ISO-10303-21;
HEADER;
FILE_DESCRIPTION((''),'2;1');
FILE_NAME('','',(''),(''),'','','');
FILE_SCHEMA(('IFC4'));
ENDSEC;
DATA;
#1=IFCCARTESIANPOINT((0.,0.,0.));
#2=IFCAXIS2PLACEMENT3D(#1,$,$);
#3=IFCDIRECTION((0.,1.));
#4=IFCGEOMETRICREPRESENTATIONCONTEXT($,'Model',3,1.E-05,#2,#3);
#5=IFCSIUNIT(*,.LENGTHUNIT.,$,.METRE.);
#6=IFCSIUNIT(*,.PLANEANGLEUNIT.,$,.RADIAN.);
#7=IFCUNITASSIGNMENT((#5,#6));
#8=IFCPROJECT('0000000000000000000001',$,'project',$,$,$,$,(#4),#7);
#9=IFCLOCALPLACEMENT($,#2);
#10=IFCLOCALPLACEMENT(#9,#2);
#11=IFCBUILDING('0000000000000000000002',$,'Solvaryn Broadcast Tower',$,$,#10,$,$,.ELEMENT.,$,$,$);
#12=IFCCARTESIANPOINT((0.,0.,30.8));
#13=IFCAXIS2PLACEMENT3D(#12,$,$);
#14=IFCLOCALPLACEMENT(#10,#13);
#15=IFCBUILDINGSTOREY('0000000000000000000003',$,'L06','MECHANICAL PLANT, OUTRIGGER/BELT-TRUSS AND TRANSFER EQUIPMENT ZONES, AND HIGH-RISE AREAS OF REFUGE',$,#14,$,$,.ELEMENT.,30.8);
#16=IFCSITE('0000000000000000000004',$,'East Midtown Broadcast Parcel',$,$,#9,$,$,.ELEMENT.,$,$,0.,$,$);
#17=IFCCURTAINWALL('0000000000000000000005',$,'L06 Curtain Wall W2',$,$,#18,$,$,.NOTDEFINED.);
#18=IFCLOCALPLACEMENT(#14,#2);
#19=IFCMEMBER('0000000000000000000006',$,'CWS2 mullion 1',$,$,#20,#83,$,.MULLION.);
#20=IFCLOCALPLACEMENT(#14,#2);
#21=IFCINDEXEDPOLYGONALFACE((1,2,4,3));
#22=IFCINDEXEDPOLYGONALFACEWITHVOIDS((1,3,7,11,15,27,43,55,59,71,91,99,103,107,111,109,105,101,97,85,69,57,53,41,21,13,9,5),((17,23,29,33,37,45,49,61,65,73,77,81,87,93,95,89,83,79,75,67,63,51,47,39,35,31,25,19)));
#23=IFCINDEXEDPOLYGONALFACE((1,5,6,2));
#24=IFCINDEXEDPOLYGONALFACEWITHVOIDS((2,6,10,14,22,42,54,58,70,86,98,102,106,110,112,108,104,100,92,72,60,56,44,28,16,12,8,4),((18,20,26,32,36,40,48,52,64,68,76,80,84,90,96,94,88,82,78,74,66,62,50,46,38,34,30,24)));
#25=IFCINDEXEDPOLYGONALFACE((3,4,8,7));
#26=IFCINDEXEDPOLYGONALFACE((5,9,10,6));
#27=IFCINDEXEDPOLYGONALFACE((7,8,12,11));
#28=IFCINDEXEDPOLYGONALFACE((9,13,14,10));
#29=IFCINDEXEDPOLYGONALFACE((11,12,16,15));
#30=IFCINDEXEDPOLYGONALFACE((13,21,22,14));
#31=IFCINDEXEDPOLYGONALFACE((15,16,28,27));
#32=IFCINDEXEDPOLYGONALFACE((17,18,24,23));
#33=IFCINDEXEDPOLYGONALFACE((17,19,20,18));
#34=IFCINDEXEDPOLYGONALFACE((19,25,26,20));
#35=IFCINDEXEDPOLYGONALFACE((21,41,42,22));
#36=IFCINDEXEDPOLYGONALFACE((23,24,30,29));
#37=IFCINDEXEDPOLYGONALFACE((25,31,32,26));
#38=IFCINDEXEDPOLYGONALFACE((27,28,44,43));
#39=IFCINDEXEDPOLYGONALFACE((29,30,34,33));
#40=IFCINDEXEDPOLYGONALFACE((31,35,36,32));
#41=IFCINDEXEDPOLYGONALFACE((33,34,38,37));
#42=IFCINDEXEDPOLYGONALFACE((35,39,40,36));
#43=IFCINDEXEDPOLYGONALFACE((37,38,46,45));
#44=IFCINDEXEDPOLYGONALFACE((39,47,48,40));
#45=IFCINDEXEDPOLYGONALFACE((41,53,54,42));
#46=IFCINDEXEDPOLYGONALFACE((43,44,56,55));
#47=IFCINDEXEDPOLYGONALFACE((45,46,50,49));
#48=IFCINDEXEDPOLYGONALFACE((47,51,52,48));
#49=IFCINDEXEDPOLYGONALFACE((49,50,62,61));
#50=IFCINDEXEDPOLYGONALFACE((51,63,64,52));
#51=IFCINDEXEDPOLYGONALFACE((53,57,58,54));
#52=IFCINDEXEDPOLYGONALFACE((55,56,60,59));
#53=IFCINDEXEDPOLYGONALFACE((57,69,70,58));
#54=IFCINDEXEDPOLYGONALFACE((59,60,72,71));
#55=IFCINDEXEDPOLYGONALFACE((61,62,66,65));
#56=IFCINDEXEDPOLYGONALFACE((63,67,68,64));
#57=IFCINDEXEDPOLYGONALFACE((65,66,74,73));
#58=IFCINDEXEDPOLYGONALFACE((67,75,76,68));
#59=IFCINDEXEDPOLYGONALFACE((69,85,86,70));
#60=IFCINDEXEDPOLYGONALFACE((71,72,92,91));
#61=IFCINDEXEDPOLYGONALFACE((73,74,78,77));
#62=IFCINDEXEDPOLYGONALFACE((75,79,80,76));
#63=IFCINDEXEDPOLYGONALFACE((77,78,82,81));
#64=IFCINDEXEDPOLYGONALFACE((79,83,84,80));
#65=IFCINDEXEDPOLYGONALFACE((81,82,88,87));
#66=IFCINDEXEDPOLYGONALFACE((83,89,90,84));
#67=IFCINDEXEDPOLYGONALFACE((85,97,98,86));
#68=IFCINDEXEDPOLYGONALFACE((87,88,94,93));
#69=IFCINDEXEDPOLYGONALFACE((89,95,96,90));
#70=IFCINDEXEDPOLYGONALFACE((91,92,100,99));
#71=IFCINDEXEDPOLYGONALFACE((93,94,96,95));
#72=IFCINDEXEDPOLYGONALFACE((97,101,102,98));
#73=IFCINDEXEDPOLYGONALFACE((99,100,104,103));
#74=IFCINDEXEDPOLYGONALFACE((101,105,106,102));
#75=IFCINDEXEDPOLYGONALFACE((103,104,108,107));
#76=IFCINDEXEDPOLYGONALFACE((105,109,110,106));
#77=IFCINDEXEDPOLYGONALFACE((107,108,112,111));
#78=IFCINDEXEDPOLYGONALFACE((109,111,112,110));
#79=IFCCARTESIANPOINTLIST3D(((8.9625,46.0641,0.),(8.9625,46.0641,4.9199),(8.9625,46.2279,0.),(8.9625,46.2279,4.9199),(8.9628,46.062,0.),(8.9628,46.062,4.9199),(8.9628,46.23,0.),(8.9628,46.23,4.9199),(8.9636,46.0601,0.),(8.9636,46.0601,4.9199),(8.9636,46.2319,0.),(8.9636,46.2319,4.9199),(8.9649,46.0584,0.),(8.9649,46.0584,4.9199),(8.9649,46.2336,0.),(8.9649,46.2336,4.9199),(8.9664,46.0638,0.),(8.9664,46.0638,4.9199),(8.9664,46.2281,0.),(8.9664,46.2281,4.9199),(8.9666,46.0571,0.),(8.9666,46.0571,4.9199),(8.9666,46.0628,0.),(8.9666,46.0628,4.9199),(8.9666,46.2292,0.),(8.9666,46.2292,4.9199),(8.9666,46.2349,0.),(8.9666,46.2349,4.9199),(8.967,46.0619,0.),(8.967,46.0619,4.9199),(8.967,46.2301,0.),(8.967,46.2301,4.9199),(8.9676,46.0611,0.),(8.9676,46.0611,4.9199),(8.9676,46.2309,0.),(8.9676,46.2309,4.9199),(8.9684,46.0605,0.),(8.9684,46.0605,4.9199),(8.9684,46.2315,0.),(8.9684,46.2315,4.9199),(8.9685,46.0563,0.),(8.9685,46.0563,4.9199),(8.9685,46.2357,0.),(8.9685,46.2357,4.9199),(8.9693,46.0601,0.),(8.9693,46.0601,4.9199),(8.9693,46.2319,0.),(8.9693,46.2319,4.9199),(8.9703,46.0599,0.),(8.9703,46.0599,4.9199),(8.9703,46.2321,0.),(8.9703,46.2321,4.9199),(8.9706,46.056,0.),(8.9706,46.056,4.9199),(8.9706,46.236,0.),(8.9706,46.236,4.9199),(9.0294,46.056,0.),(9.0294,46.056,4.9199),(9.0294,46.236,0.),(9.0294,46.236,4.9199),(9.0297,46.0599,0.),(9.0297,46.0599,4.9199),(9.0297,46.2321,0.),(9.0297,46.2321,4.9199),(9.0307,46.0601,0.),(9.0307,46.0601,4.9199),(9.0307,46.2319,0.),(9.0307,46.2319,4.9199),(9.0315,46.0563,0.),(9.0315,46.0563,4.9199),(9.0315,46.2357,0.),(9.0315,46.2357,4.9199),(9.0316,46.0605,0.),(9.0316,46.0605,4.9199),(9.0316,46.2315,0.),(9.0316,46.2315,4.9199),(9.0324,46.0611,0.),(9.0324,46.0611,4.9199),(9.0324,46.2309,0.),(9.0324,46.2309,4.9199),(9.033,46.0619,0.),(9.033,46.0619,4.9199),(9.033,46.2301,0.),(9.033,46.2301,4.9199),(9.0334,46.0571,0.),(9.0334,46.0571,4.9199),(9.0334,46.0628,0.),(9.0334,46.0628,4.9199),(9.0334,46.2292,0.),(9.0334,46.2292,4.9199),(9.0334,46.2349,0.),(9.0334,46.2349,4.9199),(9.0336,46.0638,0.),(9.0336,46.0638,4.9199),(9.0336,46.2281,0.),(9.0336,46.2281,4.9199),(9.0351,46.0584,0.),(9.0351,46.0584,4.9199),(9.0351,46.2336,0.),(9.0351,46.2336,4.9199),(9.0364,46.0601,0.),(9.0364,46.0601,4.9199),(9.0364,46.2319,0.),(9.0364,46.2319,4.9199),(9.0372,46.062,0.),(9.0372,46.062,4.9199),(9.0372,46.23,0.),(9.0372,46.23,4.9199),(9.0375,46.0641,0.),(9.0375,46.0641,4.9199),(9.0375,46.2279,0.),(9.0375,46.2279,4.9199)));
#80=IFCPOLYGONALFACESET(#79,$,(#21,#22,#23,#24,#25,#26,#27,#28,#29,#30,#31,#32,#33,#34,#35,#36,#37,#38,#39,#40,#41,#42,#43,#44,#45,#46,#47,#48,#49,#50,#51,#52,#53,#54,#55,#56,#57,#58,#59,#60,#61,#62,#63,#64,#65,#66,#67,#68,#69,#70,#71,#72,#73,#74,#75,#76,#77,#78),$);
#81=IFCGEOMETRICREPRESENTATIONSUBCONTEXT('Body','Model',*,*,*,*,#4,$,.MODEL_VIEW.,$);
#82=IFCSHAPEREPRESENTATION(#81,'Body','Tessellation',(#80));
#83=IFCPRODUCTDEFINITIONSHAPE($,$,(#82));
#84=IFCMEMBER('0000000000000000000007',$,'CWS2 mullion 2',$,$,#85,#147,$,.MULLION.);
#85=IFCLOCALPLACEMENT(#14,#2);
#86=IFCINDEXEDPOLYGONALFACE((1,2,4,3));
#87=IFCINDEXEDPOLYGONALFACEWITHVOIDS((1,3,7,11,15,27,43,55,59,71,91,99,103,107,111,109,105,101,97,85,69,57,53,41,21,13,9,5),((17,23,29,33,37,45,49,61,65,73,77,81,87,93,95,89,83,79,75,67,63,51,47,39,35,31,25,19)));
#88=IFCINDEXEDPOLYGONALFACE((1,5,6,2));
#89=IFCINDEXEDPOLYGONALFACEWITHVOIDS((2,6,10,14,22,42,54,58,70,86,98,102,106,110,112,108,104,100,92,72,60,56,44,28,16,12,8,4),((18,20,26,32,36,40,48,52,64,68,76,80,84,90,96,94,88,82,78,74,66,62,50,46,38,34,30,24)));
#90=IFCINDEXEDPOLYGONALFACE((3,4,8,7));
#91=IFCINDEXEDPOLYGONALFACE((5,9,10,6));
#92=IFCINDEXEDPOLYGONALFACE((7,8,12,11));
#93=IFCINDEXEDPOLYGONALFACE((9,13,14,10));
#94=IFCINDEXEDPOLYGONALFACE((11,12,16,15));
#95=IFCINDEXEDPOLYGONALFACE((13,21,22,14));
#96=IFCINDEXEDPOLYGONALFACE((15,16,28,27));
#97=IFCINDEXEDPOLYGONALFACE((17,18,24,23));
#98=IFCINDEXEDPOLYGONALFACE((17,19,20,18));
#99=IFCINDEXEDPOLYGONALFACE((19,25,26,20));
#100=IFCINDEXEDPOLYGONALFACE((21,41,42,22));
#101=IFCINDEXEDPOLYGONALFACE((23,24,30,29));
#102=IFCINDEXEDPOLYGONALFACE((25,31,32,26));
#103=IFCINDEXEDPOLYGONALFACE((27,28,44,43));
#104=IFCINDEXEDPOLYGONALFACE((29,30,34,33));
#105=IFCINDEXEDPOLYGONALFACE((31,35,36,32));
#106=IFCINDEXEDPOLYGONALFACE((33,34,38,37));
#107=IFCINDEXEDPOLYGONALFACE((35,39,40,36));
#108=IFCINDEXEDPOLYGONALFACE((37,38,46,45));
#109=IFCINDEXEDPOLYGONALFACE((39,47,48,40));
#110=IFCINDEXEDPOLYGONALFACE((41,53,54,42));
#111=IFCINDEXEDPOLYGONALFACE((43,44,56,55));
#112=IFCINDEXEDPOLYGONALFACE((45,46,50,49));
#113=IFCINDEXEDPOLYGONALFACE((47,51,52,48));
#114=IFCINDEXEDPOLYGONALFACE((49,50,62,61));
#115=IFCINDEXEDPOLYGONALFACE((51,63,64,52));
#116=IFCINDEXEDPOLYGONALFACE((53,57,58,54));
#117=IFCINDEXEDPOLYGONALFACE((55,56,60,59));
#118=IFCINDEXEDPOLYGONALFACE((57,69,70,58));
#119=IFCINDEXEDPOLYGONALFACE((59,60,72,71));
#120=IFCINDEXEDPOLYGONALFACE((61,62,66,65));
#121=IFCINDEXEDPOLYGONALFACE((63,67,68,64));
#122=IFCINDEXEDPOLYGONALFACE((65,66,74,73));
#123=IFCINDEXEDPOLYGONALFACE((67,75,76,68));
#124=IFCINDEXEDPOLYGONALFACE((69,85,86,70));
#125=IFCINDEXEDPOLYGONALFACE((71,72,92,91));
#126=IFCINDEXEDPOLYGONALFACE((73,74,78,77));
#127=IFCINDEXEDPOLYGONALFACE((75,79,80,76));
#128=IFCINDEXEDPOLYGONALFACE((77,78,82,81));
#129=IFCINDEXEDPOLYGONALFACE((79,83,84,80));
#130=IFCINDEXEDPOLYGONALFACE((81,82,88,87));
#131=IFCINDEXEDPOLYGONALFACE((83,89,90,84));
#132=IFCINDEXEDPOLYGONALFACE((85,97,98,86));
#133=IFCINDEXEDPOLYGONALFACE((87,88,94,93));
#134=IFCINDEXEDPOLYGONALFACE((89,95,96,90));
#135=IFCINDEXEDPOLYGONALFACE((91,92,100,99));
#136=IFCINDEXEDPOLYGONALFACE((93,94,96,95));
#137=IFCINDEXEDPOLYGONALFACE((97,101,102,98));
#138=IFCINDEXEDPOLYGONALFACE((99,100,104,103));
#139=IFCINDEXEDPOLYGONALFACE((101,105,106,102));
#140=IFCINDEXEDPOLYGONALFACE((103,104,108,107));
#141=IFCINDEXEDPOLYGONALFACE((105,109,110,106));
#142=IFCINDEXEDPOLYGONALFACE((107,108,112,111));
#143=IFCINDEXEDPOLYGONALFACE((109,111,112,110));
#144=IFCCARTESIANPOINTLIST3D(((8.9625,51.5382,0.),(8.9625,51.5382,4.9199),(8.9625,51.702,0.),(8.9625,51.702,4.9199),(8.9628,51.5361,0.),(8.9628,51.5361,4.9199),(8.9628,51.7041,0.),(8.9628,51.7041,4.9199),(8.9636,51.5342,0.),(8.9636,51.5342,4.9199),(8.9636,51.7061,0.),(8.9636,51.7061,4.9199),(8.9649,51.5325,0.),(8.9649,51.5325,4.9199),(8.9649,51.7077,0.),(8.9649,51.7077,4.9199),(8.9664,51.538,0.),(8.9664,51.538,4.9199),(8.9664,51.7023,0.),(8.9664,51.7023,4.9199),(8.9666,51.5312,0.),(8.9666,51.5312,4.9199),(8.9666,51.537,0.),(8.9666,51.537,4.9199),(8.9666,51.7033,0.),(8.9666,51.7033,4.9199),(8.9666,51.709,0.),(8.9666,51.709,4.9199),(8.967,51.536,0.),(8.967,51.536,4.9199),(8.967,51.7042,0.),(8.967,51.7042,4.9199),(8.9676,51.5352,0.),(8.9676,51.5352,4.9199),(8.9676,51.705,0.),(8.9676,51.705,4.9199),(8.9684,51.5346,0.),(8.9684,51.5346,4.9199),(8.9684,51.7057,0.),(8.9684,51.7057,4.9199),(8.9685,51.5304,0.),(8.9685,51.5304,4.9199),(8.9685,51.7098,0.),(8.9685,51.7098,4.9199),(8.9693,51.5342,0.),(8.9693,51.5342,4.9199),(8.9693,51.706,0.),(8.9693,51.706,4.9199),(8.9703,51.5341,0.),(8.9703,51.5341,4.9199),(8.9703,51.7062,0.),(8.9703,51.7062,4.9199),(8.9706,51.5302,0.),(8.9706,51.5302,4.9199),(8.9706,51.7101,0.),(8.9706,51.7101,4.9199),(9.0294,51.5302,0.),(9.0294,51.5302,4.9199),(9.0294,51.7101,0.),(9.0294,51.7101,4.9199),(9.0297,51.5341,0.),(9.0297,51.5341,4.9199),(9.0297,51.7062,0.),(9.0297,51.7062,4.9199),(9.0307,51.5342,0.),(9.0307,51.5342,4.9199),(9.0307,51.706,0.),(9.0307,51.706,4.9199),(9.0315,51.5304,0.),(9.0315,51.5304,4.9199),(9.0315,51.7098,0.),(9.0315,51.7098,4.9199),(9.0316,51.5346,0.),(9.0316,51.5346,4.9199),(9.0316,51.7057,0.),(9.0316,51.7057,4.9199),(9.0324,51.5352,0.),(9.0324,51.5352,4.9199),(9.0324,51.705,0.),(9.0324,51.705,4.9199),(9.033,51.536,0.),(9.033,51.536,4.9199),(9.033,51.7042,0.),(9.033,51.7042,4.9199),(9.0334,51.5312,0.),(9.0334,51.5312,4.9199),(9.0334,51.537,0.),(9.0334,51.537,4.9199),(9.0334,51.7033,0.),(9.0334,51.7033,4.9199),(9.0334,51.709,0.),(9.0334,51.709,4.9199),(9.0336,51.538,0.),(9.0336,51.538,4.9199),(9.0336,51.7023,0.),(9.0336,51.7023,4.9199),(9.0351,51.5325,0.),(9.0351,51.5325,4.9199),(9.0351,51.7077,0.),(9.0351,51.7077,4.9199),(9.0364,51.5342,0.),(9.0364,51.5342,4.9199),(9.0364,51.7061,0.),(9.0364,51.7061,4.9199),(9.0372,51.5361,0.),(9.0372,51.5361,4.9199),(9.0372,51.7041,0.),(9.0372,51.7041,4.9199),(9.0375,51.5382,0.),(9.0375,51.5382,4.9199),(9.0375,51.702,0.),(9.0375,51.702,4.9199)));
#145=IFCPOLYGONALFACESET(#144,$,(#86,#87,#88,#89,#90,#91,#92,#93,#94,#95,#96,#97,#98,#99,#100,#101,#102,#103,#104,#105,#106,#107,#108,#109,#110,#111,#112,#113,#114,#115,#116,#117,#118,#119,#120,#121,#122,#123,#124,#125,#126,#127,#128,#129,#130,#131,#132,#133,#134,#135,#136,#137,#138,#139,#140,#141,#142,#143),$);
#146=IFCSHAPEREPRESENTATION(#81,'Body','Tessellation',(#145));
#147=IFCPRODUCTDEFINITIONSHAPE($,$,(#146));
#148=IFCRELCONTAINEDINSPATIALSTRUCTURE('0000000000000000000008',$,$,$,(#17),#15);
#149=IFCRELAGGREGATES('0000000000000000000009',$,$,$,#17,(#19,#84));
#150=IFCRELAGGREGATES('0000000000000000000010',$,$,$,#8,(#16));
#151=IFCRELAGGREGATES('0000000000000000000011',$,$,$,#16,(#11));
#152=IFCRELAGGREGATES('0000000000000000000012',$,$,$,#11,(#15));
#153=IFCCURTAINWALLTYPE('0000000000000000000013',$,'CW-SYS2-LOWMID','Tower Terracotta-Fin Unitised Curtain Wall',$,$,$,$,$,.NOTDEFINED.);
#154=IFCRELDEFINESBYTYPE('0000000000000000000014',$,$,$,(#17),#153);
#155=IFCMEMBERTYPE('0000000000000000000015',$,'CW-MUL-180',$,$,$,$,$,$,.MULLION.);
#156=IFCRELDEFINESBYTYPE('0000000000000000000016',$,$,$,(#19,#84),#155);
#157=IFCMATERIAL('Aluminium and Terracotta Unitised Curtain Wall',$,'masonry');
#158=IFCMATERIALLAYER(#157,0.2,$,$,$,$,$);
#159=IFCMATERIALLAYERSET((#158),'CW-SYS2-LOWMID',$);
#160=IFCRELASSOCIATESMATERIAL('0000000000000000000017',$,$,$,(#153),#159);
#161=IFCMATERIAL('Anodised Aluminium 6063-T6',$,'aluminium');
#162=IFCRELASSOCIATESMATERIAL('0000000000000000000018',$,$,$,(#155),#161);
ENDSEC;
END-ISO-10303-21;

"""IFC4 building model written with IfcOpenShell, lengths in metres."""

from ifc_helpers import new_model, si_unit, direction, frame, origin, origin_2d, place, context, subcontext, project, spatial, hollow_rectangle, extrude, material, layer, layer_set, material_profile, profile_set, type_object, element, aggregate, save


model = new_model("IFC4")

# Units and contexts
model_context = context("Model", 3, precision=1e-05, world=origin(), true_north=direction((0.0, 1.0)))
body_context = subcontext(model_context, "Body", "Model", "MODEL_VIEW")
ifc_project = project(units=[si_unit("LENGTHUNIT", "METRE"), si_unit("PLANEANGLEUNIT", "RADIAN")], contexts=[model_context])

# Site, building, storey
site_placement = place(None, origin())
site = spatial("IfcSite", under=ifc_project, at=site_placement, Name="East Midtown Broadcast Parcel", CompositionType="ELEMENT", RefElevation=0.0)
building_placement = place(site_placement, origin())
building = spatial("IfcBuilding", under=site, at=building_placement, Name="Solvaryn Broadcast Tower", CompositionType="ELEMENT")
storey_placement = place(building_placement, frame((0.0, 0.0, 30.8)))
storey = spatial("IfcBuildingStorey", under=building, at=storey_placement, Name="L06", Description="MECHANICAL PLANT, OUTRIGGER/BELT-TRUSS AND TRANSFER EQUIPMENT ZONES, AND HIGH-RISE AREAS OF REFUGE", CompositionType="ELEMENT", Elevation=30.8)

# Shared definitions
ifc_material_1 = material(Name="Aluminium and Terracotta Unitised Curtain Wall", Category="masonry")
ifc_layer_1 = layer(ifc_material_1, 0.2)
ifc_layer_set_1 = layer_set([ifc_layer_1], Name="CW-SYS2-LOWMID")
curtain_wall_type = type_object("IfcCurtainWallType", Name="CW-SYS2-LOWMID", Description="Tower Terracotta-Fin Unitised Curtain Wall", PredefinedType="NOTDEFINED", material=ifc_layer_set_1)
ifc_material_2 = material(Name="Anodised Aluminium 6063-T6", Category="aluminium")
ifc_material_profile_1 = material_profile(ifc_material_2, hollow_rectangle(XDim=0.075, YDim=0.1799, WallThickness=0.0039, InnerFilletRadius=0.0039, OuterFilletRadius=0.0081, at=origin_2d()))
ifc_profile_set_1 = profile_set([ifc_material_profile_1], Name="Anodised Aluminium 6063-T6")
member_type_1 = type_object("IfcMemberType", Name="CW-MUL-180", PredefinedType="MULLION", material=ifc_profile_set_1)

# Curtain wall, members
curtain_wall_1_placement = place(storey_placement, origin())
curtain_wall_1 = element("IfcCurtainWall", 1, at=curtain_wall_1_placement, inside=storey, type_object=curtain_wall_type, Name="L06 Curtain Wall W2", PredefinedType="NOTDEFINED")
member_1_placement = place(storey_placement, frame((9.0, 46.146, 0.0), z_axis=(0.0, 0.0, 1.0), x_axis=(-1.0, 0.0, 0.0)))
member_1 = element("IfcMember", 2, at=member_1_placement, type_object=member_type_1, Name="CWS2 mullion 1", PredefinedType="MULLION", context=body_context, shape_type="SweptSolid", body=[
    extrude(hollow_rectangle(XDim=0.075, YDim=0.1799, WallThickness=0.0039, InnerFilletRadius=0.0039, OuterFilletRadius=0.0081, at=origin_2d()), origin(), (0.0, 0.0, 1.0), 4.9199),
])
member_2_placement = place(storey_placement, frame((9.0, 51.6201, 0.0), z_axis=(0.0, 0.0, 1.0), x_axis=(-1.0, 0.0, 0.0)))
member_2 = element("IfcMember", 3, at=member_2_placement, type_object=member_type_1, Name="CWS2 mullion 2", PredefinedType="MULLION", context=body_context, shape_type="SweptSolid", body=[
    extrude(hollow_rectangle(XDim=0.075, YDim=0.1799, WallThickness=0.0039, InnerFilletRadius=0.0039, OuterFilletRadius=0.0081, at=origin_2d()), origin(), (0.0, 0.0, 1.0), 4.9199),
])

aggregate(curtain_wall_1, [member_1, member_2])

save(model, "model.ifc")
